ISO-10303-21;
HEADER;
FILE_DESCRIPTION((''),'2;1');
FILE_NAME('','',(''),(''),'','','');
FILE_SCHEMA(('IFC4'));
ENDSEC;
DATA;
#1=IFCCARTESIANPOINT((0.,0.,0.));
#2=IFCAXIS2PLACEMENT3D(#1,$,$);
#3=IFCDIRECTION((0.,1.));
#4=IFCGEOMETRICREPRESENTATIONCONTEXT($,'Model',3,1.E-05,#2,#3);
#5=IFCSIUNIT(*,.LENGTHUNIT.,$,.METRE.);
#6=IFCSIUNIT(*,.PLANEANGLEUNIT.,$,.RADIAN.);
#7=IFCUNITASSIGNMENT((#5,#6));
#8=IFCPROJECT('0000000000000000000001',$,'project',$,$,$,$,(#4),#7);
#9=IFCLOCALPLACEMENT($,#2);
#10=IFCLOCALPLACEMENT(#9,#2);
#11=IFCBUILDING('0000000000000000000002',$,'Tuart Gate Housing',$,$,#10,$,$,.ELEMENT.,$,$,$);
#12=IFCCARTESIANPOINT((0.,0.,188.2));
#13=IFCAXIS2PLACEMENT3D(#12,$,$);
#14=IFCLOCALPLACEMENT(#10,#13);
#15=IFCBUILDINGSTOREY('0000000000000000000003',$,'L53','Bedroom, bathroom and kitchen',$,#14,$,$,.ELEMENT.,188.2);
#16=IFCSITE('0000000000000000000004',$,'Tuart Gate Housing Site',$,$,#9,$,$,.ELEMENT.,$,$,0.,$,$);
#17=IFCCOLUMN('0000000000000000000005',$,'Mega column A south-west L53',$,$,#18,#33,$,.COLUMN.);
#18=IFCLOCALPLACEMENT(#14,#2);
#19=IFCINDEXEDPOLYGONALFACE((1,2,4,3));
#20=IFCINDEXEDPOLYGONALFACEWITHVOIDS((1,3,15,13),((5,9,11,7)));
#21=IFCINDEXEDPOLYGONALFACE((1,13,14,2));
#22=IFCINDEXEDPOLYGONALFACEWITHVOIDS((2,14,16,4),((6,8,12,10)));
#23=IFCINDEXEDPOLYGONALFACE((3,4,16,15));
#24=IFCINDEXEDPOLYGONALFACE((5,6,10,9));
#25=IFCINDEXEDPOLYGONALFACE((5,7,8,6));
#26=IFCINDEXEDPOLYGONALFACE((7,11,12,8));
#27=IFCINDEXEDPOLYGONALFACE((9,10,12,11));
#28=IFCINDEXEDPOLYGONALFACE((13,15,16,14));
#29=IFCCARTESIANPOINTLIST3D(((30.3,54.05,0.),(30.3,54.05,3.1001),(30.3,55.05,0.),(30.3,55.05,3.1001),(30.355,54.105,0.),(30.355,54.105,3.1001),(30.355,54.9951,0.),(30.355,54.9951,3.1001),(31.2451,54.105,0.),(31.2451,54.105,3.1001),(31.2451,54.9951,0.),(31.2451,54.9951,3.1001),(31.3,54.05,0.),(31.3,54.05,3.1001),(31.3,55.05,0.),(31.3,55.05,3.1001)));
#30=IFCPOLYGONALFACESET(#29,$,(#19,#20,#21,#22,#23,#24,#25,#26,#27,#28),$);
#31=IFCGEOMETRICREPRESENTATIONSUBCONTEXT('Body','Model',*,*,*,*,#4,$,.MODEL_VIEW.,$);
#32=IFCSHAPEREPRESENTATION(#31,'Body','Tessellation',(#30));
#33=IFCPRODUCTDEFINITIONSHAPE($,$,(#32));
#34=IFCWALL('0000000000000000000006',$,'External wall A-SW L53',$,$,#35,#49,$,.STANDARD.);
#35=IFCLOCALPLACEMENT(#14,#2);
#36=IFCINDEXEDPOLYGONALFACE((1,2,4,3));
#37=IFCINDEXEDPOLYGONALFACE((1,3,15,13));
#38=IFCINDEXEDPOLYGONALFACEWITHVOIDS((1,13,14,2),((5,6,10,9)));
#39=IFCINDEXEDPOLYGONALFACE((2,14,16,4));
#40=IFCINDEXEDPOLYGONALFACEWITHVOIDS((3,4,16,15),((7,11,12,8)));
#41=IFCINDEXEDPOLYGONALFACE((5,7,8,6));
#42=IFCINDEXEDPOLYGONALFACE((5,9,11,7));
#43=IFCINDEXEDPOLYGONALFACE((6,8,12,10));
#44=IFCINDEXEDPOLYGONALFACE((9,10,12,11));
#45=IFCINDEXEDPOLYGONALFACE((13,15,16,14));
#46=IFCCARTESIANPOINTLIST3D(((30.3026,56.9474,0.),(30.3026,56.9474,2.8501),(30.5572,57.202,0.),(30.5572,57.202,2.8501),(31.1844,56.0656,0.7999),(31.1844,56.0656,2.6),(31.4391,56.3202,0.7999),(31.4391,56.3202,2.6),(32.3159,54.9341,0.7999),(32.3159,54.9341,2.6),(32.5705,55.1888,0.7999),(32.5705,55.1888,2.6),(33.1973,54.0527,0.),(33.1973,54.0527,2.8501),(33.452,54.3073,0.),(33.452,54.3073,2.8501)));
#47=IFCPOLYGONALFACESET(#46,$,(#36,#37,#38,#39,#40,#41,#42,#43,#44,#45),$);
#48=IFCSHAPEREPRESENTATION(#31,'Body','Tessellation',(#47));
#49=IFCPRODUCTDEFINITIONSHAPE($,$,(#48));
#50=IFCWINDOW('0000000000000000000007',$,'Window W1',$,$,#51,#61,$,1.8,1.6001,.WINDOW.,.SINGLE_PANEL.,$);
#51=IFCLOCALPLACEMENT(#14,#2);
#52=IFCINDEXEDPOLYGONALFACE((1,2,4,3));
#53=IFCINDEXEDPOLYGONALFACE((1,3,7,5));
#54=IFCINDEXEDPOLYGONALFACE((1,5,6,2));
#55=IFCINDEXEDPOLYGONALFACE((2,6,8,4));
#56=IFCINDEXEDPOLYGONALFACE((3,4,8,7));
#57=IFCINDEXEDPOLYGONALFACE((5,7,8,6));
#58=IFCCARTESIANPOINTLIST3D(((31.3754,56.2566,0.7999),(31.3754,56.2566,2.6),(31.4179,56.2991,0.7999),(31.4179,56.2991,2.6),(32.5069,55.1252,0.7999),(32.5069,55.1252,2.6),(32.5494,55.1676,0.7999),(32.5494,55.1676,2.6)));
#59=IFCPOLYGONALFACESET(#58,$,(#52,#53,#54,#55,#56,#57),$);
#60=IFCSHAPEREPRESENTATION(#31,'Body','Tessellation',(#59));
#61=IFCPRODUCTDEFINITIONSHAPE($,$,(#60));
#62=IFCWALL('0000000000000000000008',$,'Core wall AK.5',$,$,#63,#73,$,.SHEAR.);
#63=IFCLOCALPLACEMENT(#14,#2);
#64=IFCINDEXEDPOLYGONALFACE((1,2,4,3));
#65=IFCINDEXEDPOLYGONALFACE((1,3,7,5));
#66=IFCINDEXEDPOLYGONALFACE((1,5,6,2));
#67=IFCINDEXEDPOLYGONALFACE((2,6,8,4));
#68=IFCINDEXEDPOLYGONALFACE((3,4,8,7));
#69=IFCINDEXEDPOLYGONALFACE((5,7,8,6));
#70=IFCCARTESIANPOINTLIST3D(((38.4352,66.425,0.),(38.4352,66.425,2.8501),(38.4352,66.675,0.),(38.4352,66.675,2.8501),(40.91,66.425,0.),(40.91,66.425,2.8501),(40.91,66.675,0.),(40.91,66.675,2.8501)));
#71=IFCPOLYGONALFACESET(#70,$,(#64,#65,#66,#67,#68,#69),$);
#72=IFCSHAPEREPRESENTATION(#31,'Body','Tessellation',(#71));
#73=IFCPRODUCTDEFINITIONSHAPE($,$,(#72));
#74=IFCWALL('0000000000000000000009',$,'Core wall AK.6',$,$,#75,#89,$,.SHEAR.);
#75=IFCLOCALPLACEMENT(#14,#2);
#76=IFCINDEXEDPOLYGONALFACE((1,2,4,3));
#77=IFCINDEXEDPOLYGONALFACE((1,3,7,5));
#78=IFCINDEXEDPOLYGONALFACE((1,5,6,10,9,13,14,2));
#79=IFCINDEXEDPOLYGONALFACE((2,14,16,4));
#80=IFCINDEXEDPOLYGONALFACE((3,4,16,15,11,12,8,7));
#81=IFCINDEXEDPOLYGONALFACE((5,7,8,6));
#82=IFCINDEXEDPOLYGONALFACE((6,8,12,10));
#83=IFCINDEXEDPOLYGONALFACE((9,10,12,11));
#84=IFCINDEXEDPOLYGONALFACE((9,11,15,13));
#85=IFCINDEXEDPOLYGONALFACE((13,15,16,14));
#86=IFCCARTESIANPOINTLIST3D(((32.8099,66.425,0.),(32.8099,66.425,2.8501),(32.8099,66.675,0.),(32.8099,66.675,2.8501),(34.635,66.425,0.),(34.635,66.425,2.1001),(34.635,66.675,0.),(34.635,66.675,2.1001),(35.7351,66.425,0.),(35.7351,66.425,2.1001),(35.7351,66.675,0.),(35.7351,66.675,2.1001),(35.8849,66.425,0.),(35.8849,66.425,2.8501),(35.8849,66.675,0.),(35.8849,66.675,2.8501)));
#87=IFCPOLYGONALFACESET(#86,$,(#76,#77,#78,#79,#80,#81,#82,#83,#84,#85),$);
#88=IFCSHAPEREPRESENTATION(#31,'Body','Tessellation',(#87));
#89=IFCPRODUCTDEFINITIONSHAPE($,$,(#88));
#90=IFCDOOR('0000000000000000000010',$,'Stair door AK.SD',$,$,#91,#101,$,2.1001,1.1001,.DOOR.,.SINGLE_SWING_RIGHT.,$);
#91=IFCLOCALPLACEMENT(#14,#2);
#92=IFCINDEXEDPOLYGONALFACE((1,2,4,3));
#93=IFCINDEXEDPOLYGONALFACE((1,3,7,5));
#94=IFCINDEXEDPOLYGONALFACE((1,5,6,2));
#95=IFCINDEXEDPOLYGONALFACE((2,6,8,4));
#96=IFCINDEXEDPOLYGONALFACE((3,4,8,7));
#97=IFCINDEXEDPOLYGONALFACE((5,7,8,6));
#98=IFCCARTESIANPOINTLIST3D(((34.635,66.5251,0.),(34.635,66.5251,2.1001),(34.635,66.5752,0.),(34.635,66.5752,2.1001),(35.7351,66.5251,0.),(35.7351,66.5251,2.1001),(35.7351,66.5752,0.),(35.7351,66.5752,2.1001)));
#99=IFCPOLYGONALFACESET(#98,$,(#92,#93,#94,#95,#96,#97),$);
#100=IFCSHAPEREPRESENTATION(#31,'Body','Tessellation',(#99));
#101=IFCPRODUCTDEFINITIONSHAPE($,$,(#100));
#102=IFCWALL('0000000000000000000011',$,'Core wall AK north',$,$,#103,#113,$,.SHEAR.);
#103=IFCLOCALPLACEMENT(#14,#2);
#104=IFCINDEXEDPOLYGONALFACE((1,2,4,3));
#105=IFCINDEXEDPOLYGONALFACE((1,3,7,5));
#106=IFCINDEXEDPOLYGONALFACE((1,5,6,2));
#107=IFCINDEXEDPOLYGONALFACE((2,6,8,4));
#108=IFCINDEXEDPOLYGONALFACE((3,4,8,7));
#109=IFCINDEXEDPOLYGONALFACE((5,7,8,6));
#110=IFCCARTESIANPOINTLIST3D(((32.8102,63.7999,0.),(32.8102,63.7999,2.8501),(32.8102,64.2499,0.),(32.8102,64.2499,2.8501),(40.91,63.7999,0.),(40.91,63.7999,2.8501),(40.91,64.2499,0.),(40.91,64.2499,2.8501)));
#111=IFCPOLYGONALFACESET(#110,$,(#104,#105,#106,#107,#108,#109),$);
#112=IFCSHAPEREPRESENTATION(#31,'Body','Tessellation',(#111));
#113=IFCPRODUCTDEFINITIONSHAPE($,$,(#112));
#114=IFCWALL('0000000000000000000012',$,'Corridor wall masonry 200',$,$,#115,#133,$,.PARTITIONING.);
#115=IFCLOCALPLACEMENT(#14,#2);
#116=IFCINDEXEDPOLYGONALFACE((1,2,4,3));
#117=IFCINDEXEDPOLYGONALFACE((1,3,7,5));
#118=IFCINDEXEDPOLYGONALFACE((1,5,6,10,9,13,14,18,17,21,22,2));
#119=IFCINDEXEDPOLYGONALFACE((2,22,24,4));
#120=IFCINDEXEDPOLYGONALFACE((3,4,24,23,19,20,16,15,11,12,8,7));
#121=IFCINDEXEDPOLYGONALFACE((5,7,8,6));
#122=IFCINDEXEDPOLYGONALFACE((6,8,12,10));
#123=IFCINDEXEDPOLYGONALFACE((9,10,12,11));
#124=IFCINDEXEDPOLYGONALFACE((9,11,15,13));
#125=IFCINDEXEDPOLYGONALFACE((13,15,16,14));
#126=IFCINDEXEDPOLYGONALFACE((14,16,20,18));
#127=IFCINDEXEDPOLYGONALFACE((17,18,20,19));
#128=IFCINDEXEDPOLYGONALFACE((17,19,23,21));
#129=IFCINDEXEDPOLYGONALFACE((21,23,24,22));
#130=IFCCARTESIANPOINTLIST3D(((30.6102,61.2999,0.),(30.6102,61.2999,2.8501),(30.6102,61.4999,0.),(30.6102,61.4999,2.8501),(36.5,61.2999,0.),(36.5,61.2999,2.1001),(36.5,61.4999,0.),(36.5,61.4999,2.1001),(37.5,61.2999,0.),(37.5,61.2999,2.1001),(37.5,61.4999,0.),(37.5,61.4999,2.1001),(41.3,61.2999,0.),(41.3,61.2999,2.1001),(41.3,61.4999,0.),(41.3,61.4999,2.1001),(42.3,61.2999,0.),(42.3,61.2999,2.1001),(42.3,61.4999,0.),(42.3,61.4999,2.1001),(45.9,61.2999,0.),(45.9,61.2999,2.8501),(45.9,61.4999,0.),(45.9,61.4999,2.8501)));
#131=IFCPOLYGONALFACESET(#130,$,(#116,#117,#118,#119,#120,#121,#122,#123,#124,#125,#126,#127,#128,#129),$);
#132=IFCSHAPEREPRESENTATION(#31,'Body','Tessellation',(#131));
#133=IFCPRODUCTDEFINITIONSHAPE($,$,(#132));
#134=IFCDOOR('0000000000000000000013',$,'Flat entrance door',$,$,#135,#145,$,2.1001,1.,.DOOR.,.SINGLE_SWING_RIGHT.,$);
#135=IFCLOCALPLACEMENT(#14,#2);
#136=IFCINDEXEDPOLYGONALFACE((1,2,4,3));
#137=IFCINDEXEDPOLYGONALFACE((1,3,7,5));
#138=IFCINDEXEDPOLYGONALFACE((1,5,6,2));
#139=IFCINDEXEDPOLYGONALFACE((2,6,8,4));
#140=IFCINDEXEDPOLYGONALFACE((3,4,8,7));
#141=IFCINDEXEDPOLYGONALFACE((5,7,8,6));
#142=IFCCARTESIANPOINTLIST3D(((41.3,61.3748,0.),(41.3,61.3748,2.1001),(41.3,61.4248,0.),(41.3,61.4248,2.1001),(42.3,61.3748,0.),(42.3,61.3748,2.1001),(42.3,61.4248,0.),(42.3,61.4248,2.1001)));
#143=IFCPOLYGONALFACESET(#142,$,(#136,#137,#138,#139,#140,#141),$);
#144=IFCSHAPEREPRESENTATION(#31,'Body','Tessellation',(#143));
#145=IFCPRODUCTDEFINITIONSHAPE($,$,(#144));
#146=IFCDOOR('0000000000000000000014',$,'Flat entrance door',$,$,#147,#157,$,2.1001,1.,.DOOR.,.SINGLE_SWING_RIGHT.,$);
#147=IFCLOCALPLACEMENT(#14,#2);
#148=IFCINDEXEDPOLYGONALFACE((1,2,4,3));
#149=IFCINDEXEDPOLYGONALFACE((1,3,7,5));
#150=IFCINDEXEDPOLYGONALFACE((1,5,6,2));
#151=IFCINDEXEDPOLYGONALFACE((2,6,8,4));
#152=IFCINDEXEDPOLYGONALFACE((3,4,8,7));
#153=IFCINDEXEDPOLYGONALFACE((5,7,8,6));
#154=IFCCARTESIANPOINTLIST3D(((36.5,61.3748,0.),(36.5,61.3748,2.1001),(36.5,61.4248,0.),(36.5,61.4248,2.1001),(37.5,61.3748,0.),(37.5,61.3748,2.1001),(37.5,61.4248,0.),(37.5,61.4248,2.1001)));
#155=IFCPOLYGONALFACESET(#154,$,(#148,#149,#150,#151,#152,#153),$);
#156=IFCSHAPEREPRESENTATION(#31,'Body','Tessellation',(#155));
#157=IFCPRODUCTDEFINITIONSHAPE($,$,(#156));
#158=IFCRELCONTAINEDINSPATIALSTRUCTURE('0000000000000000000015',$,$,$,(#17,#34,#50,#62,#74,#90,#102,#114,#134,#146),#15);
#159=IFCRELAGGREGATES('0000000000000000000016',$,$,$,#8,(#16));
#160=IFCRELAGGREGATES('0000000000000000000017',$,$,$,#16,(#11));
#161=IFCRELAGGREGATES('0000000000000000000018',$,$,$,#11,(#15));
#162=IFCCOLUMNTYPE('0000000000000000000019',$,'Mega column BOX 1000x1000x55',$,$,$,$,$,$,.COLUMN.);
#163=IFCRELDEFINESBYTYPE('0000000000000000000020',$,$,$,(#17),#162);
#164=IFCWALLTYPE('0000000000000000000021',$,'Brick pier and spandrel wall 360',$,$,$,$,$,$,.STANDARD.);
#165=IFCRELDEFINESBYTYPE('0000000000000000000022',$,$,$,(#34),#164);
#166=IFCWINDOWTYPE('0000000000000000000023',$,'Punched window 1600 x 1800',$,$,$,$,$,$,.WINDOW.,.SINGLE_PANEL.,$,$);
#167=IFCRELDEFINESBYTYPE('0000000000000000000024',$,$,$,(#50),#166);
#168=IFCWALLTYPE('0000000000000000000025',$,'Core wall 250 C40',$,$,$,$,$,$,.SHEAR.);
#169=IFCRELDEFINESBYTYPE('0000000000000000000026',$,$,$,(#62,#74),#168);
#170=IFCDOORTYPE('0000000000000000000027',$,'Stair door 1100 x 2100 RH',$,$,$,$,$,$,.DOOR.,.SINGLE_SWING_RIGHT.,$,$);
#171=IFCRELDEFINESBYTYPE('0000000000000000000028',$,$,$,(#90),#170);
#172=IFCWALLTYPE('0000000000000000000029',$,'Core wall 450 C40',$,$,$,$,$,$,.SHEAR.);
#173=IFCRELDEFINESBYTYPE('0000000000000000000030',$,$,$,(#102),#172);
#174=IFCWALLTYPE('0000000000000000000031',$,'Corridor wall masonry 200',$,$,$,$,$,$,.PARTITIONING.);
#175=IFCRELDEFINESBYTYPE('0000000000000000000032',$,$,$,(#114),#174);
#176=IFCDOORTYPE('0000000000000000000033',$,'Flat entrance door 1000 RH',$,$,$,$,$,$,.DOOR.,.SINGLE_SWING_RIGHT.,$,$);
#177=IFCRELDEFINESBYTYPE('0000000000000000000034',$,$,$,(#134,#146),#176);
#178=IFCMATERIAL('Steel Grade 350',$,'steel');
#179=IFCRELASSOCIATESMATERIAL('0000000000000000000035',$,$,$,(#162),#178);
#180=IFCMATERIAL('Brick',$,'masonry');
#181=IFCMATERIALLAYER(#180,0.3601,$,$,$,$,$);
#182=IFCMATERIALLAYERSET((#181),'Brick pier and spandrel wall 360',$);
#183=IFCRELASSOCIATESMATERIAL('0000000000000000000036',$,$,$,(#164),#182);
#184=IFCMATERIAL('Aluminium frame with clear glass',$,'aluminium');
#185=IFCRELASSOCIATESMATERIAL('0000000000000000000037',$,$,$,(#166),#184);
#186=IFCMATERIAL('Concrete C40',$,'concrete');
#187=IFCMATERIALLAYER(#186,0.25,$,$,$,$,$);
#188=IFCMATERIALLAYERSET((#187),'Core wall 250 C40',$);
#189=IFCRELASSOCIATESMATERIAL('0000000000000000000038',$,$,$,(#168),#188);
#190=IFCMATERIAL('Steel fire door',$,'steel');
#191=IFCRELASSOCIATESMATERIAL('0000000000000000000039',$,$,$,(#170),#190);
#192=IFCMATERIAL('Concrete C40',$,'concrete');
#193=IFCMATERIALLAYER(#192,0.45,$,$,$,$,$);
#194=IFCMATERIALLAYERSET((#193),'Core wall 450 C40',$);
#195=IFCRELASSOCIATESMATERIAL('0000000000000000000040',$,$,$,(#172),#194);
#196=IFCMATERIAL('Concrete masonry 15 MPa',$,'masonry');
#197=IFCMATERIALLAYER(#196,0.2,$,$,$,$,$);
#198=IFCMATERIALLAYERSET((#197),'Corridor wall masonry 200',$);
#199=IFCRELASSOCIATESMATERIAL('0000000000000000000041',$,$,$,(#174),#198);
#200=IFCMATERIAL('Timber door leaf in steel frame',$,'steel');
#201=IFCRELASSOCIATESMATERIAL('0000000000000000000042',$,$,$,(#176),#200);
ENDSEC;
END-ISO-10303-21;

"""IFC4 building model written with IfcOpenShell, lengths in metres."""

from ifc_helpers import new_model, si_unit, direction, frame, frame_2d, origin, origin_2d, place, context, subcontext, project, spatial, rectangle, hollow_rectangle, extrude, material, layer, layer_set, material_profile, profile_set, type_object, element, fill, save


model = new_model("IFC4")

# Units and contexts
model_context = context("Model", 3, precision=1e-05, world=origin(), true_north=direction((0.0, 1.0)))
body_context = subcontext(model_context, "Body", "Model", "MODEL_VIEW")
ifc_project = project(units=[si_unit("LENGTHUNIT", "METRE"), si_unit("PLANEANGLEUNIT", "RADIAN")], contexts=[model_context])

# Site, building, storey
site_placement = place(None, origin())
site = spatial("IfcSite", under=ifc_project, at=site_placement, Name="Tuart Gate Housing Site", CompositionType="ELEMENT", RefElevation=0.0)
building_placement = place(site_placement, origin())
building = spatial("IfcBuilding", under=site, at=building_placement, Name="Tuart Gate Housing", CompositionType="ELEMENT")
storey_placement = place(building_placement, frame((0.0, 0.0, 188.2)))
storey = spatial("IfcBuildingStorey", under=building, at=storey_placement, Name="L53", Description="Bedroom, bathroom and kitchen", CompositionType="ELEMENT", Elevation=188.2)

# Column
ifc_material_1 = material(Name="Steel Grade 350", Category="steel")
ifc_material_profile = material_profile(ifc_material_1, hollow_rectangle(XDim=1.0, YDim=1.0, WallThickness=0.0549, at=origin_2d()), Name="BOX 1000x1000x55")
ifc_profile_set = profile_set([ifc_material_profile], Name="Steel Grade 350")
column_type = type_object("IfcColumnType", Name="Mega column BOX 1000x1000x55", PredefinedType="COLUMN", material=ifc_profile_set)
column_placement = place(storey_placement, frame((30.8, 54.55, 0.0), z_axis=(0.0, 0.0, 1.0), x_axis=(1.0, 0.0, 0.0)))
element("IfcColumn", 1, at=column_placement, inside=storey, type_object=column_type, Name="Mega column A south-west L53", PredefinedType="COLUMN", context=body_context, shape_type="SweptSolid", body=[
    extrude(hollow_rectangle(XDim=1.0, YDim=1.0, WallThickness=0.0549, at=origin_2d()), origin(), (0.0, 0.0, 1.0), 3.1001),
])

# Wall, opening, window
ifc_material_2 = material(Name="Brick", Category="masonry")
ifc_layer_1 = layer(ifc_material_2, 0.3601)
ifc_layer_set_1 = layer_set([ifc_layer_1], Name="Brick pier and spandrel wall 360")
wall_type_1 = type_object("IfcWallType", Name="Brick pier and spandrel wall 360", PredefinedType="STANDARD", material=ifc_layer_set_1)
wall_1_placement = place(storey_placement, frame((30.4299, 57.0747, 0.0), z_axis=(0.0, 0.0, 1.0), x_axis=(0.707107, -0.707107, 0.0)))
wall_1 = element("IfcWall", 2, at=wall_1_placement, inside=storey, type_object=wall_type_1, Name="External wall A-SW L53", PredefinedType="STANDARD", context=body_context, shape_type="SweptSolid", body=[
    extrude(rectangle(XDim=4.0938, YDim=0.3601, at=frame_2d((2.0469, 0.0))), origin(), (0.0, 0.0, 1.0), 2.8501),
])
opening_1_placement = place(wall_1_placement, frame((1.2471, 0.0, 0.8)))
opening_1 = element("IfcOpeningElement", 3, at=opening_1_placement, cuts=wall_1, PredefinedType="OPENING", context=body_context, shape_type="SweptSolid", body=[
    extrude(rectangle(XDim=1.6001, YDim=1.8, at=frame_2d((0.8, 0.8999))), frame((0.0, 0.1899, 0.0), z_axis=(0.0, -1.0, 0.0), x_axis=(1.0, 0.0, 0.0)), (0.0, 0.0, 1.0), 0.3801),
])
ifc_material_3 = material(Name="Aluminium frame with clear glass", Category="aluminium")
window_type = type_object("IfcWindowType", Name="Punched window 1600 x 1800", PartitioningType="SINGLE_PANEL", PredefinedType="WINDOW", material=ifc_material_3)
window_placement = place(opening_1_placement, origin())
window = element("IfcWindow", 4, at=window_placement, inside=storey, type_object=window_type, Name="Window W1", OverallHeight=1.8, OverallWidth=1.6001, PartitioningType="SINGLE_PANEL", PredefinedType="WINDOW", context=body_context, shape_type="SweptSolid", body=[
    extrude(rectangle(XDim=1.6001, YDim=1.8, at=frame_2d((0.8, 0.8999))), frame((0.0, 0.1501, 0.0), z_axis=(0.0, -1.0, 0.0), x_axis=(1.0, 0.0, 0.0)), (0.0, 0.0, 1.0), 0.0601),
])
fill(opening_1, window)

# Wall
ifc_material_4 = material(Name="Concrete C40", Category="concrete")
ifc_layer_2 = layer(ifc_material_4, 0.25)
ifc_layer_set_2 = layer_set([ifc_layer_2], Name="Core wall 250 C40")
wall_type_2 = type_object("IfcWallType", Name="Core wall 250 C40", PredefinedType="SHEAR", material=ifc_layer_set_2)
wall_2_placement = place(storey_placement, frame((40.9099, 66.55, 0.0), z_axis=(0.0, 0.0, 1.0), x_axis=(-1.0, 0.0, 0.0)))
element("IfcWall", 5, at=wall_2_placement, inside=storey, type_object=wall_type_2, Name="Core wall AK.5", PredefinedType="SHEAR", context=body_context, shape_type="SweptSolid", body=[
    extrude(rectangle(XDim=2.4749, YDim=0.25, at=frame_2d((1.2373, 0.0))), origin(), (0.0, 0.0, 1.0), 2.8501),
])

# Wall, opening, door
wall_3_placement = place(storey_placement, frame((35.885, 66.55, 0.0), z_axis=(0.0, 0.0, 1.0), x_axis=(-1.0, 0.0, 0.0)))
wall_3 = element("IfcWall", 6, at=wall_3_placement, inside=storey, type_object=wall_type_2, Name="Core wall AK.6", PredefinedType="SHEAR", context=body_context, shape_type="SweptSolid", body=[
    extrude(rectangle(XDim=3.075, YDim=0.25, at=frame_2d((1.5376, 0.0))), origin(), (0.0, 0.0, 1.0), 2.8501),
])
opening_2_placement = place(wall_3_placement, frame((0.1499, 0.0, 0.0)))
opening_2 = element("IfcOpeningElement", 7, at=opening_2_placement, cuts=wall_3, PredefinedType="OPENING", context=body_context, shape_type="SweptSolid", body=[
    extrude(rectangle(XDim=1.1001, YDim=2.1001, at=frame_2d((0.55, 1.05))), frame((0.0, 0.135, 0.0), z_axis=(0.0, -1.0, 0.0), x_axis=(1.0, 0.0, 0.0)), (0.0, 0.0, 1.0), 0.27),
])
ifc_material_5 = material(Name="Steel fire door", Category="steel")
door_type_1 = type_object("IfcDoorType", Name="Stair door 1100 x 2100 RH", OperationType="SINGLE_SWING_RIGHT", PredefinedType="DOOR", material=ifc_material_5)
door_1_placement = place(opening_2_placement, frame((1.1001, 0.0, 0.0), z_axis=(0.0, 0.0, 1.0), x_axis=(-1.0, 0.0, 0.0)))
door_1 = element("IfcDoor", 8, at=door_1_placement, inside=storey, type_object=door_type_1, Name="Stair door AK.SD", OperationType="SINGLE_SWING_RIGHT", OverallHeight=2.1001, OverallWidth=1.1001, PredefinedType="DOOR", context=body_context, shape_type="SweptSolid", body=[
    extrude(rectangle(XDim=1.1001, YDim=2.1001, at=frame_2d((0.55, 1.05))), frame((0.0, 0.0251, 0.0), z_axis=(0.0, -1.0, 0.0), x_axis=(1.0, 0.0, 0.0)), (0.0, 0.0, 1.0), 0.05),
])
fill(opening_2, door_1)

# Wall
ifc_material_6 = material(Name="Concrete C40", Category="concrete")
ifc_layer_3 = layer(ifc_material_6, 0.45)
ifc_layer_set_3 = layer_set([ifc_layer_3], Name="Core wall 450 C40")
wall_type_3 = type_object("IfcWallType", Name="Core wall 450 C40", PredefinedType="SHEAR", material=ifc_layer_set_3)
wall_4_placement = place(storey_placement, frame((40.9099, 64.0249, 0.0), z_axis=(0.0, 0.0, 1.0), x_axis=(-1.0, 0.0, 0.0)))
element("IfcWall", 9, at=wall_4_placement, inside=storey, type_object=wall_type_3, Name="Core wall AK north", PredefinedType="SHEAR", context=body_context, shape_type="SweptSolid", body=[
    extrude(rectangle(XDim=8.0999, YDim=0.45, at=frame_2d((4.0498, 0.0))), origin(), (0.0, 0.0, 1.0), 2.8501),
])

# Wall, openings, doors
ifc_material_7 = material(Name="Concrete masonry 15 MPa", Category="masonry")
ifc_layer_4 = layer(ifc_material_7, 0.2)
ifc_layer_set_4 = layer_set([ifc_layer_4], Name="Corridor wall masonry 200")
wall_type_4 = type_object("IfcWallType", Name="Corridor wall masonry 200", PredefinedType="PARTITIONING", material=ifc_layer_set_4)
wall_5_placement = place(storey_placement, frame((30.6101, 61.3999, 0.0), z_axis=(0.0, 0.0, 1.0), x_axis=(1.0, 0.0, 0.0)))
wall_5 = element("IfcWall", 10, at=wall_5_placement, inside=storey, type_object=wall_type_4, Name="Corridor wall masonry 200", PredefinedType="PARTITIONING", context=body_context, shape_type="SweptSolid", body=[
    extrude(rectangle(XDim=15.2898, YDim=0.2, at=frame_2d((7.645, 0.0))), origin(), (0.0, 0.0, 1.0), 2.8501),
])
opening_3_placement = place(wall_5_placement, frame((10.6899, 0.0, 0.0)))
opening_3 = element("IfcOpeningElement", 11, at=opening_3_placement, cuts=wall_5, PredefinedType="OPENING", context=body_context, shape_type="SweptSolid", body=[
    extrude(rectangle(XDim=1.0, YDim=2.1001, at=frame_2d((0.5, 1.05))), frame((0.0, 0.1099, 0.0), z_axis=(0.0, -1.0, 0.0), x_axis=(1.0, 0.0, 0.0)), (0.0, 0.0, 1.0), 0.22),
])
opening_4_placement = place(wall_5_placement, frame((5.8899, 0.0, 0.0)))
opening_4 = element("IfcOpeningElement", 12, at=opening_4_placement, cuts=wall_5, PredefinedType="OPENING", context=body_context, shape_type="SweptSolid", body=[
    extrude(rectangle(XDim=1.0, YDim=2.1001, at=frame_2d((0.5, 1.05))), frame((0.0, 0.1099, 0.0), z_axis=(0.0, -1.0, 0.0), x_axis=(1.0, 0.0, 0.0)), (0.0, 0.0, 1.0), 0.22),
])
ifc_material_8 = material(Name="Timber door leaf in steel frame", Category="steel")
door_type_2 = type_object("IfcDoorType", Name="Flat entrance door 1000 RH", OperationType="SINGLE_SWING_RIGHT", PredefinedType="DOOR", material=ifc_material_8)
door_2_placement = place(opening_3_placement, frame((1.0, 0.0, 0.0), z_axis=(0.0, 0.0, 1.0), x_axis=(-1.0, 0.0, 0.0)))
door_2 = element("IfcDoor", 13, at=door_2_placement, inside=storey, type_object=door_type_2, Name="Flat entrance door", OperationType="SINGLE_SWING_RIGHT", OverallHeight=2.1001, OverallWidth=1.0, PredefinedType="DOOR", context=body_context, shape_type="SweptSolid", body=[
    extrude(rectangle(XDim=1.0, YDim=2.1001, at=frame_2d((0.5, 1.05))), frame((0.0, 0.0251, 0.0), z_axis=(0.0, -1.0, 0.0), x_axis=(1.0, 0.0, 0.0)), (0.0, 0.0, 1.0), 0.05),
])
fill(opening_3, door_2)
door_3_placement = place(opening_4_placement, frame((1.0, 0.0, 0.0), z_axis=(0.0, 0.0, 1.0), x_axis=(-1.0, 0.0, 0.0)))
door_3 = element("IfcDoor", 14, at=door_3_placement, inside=storey, type_object=door_type_2, Name="Flat entrance door", OperationType="SINGLE_SWING_RIGHT", OverallHeight=2.1001, OverallWidth=1.0, PredefinedType="DOOR", context=body_context, shape_type="SweptSolid", body=[
    extrude(rectangle(XDim=1.0, YDim=2.1001, at=frame_2d((0.5, 1.05))), frame((0.0, 0.0251, 0.0), z_axis=(0.0, -1.0, 0.0), x_axis=(1.0, 0.0, 0.0)), (0.0, 0.0, 1.0), 0.05),
])
fill(opening_4, door_3)

save(model, "model.ifc")
